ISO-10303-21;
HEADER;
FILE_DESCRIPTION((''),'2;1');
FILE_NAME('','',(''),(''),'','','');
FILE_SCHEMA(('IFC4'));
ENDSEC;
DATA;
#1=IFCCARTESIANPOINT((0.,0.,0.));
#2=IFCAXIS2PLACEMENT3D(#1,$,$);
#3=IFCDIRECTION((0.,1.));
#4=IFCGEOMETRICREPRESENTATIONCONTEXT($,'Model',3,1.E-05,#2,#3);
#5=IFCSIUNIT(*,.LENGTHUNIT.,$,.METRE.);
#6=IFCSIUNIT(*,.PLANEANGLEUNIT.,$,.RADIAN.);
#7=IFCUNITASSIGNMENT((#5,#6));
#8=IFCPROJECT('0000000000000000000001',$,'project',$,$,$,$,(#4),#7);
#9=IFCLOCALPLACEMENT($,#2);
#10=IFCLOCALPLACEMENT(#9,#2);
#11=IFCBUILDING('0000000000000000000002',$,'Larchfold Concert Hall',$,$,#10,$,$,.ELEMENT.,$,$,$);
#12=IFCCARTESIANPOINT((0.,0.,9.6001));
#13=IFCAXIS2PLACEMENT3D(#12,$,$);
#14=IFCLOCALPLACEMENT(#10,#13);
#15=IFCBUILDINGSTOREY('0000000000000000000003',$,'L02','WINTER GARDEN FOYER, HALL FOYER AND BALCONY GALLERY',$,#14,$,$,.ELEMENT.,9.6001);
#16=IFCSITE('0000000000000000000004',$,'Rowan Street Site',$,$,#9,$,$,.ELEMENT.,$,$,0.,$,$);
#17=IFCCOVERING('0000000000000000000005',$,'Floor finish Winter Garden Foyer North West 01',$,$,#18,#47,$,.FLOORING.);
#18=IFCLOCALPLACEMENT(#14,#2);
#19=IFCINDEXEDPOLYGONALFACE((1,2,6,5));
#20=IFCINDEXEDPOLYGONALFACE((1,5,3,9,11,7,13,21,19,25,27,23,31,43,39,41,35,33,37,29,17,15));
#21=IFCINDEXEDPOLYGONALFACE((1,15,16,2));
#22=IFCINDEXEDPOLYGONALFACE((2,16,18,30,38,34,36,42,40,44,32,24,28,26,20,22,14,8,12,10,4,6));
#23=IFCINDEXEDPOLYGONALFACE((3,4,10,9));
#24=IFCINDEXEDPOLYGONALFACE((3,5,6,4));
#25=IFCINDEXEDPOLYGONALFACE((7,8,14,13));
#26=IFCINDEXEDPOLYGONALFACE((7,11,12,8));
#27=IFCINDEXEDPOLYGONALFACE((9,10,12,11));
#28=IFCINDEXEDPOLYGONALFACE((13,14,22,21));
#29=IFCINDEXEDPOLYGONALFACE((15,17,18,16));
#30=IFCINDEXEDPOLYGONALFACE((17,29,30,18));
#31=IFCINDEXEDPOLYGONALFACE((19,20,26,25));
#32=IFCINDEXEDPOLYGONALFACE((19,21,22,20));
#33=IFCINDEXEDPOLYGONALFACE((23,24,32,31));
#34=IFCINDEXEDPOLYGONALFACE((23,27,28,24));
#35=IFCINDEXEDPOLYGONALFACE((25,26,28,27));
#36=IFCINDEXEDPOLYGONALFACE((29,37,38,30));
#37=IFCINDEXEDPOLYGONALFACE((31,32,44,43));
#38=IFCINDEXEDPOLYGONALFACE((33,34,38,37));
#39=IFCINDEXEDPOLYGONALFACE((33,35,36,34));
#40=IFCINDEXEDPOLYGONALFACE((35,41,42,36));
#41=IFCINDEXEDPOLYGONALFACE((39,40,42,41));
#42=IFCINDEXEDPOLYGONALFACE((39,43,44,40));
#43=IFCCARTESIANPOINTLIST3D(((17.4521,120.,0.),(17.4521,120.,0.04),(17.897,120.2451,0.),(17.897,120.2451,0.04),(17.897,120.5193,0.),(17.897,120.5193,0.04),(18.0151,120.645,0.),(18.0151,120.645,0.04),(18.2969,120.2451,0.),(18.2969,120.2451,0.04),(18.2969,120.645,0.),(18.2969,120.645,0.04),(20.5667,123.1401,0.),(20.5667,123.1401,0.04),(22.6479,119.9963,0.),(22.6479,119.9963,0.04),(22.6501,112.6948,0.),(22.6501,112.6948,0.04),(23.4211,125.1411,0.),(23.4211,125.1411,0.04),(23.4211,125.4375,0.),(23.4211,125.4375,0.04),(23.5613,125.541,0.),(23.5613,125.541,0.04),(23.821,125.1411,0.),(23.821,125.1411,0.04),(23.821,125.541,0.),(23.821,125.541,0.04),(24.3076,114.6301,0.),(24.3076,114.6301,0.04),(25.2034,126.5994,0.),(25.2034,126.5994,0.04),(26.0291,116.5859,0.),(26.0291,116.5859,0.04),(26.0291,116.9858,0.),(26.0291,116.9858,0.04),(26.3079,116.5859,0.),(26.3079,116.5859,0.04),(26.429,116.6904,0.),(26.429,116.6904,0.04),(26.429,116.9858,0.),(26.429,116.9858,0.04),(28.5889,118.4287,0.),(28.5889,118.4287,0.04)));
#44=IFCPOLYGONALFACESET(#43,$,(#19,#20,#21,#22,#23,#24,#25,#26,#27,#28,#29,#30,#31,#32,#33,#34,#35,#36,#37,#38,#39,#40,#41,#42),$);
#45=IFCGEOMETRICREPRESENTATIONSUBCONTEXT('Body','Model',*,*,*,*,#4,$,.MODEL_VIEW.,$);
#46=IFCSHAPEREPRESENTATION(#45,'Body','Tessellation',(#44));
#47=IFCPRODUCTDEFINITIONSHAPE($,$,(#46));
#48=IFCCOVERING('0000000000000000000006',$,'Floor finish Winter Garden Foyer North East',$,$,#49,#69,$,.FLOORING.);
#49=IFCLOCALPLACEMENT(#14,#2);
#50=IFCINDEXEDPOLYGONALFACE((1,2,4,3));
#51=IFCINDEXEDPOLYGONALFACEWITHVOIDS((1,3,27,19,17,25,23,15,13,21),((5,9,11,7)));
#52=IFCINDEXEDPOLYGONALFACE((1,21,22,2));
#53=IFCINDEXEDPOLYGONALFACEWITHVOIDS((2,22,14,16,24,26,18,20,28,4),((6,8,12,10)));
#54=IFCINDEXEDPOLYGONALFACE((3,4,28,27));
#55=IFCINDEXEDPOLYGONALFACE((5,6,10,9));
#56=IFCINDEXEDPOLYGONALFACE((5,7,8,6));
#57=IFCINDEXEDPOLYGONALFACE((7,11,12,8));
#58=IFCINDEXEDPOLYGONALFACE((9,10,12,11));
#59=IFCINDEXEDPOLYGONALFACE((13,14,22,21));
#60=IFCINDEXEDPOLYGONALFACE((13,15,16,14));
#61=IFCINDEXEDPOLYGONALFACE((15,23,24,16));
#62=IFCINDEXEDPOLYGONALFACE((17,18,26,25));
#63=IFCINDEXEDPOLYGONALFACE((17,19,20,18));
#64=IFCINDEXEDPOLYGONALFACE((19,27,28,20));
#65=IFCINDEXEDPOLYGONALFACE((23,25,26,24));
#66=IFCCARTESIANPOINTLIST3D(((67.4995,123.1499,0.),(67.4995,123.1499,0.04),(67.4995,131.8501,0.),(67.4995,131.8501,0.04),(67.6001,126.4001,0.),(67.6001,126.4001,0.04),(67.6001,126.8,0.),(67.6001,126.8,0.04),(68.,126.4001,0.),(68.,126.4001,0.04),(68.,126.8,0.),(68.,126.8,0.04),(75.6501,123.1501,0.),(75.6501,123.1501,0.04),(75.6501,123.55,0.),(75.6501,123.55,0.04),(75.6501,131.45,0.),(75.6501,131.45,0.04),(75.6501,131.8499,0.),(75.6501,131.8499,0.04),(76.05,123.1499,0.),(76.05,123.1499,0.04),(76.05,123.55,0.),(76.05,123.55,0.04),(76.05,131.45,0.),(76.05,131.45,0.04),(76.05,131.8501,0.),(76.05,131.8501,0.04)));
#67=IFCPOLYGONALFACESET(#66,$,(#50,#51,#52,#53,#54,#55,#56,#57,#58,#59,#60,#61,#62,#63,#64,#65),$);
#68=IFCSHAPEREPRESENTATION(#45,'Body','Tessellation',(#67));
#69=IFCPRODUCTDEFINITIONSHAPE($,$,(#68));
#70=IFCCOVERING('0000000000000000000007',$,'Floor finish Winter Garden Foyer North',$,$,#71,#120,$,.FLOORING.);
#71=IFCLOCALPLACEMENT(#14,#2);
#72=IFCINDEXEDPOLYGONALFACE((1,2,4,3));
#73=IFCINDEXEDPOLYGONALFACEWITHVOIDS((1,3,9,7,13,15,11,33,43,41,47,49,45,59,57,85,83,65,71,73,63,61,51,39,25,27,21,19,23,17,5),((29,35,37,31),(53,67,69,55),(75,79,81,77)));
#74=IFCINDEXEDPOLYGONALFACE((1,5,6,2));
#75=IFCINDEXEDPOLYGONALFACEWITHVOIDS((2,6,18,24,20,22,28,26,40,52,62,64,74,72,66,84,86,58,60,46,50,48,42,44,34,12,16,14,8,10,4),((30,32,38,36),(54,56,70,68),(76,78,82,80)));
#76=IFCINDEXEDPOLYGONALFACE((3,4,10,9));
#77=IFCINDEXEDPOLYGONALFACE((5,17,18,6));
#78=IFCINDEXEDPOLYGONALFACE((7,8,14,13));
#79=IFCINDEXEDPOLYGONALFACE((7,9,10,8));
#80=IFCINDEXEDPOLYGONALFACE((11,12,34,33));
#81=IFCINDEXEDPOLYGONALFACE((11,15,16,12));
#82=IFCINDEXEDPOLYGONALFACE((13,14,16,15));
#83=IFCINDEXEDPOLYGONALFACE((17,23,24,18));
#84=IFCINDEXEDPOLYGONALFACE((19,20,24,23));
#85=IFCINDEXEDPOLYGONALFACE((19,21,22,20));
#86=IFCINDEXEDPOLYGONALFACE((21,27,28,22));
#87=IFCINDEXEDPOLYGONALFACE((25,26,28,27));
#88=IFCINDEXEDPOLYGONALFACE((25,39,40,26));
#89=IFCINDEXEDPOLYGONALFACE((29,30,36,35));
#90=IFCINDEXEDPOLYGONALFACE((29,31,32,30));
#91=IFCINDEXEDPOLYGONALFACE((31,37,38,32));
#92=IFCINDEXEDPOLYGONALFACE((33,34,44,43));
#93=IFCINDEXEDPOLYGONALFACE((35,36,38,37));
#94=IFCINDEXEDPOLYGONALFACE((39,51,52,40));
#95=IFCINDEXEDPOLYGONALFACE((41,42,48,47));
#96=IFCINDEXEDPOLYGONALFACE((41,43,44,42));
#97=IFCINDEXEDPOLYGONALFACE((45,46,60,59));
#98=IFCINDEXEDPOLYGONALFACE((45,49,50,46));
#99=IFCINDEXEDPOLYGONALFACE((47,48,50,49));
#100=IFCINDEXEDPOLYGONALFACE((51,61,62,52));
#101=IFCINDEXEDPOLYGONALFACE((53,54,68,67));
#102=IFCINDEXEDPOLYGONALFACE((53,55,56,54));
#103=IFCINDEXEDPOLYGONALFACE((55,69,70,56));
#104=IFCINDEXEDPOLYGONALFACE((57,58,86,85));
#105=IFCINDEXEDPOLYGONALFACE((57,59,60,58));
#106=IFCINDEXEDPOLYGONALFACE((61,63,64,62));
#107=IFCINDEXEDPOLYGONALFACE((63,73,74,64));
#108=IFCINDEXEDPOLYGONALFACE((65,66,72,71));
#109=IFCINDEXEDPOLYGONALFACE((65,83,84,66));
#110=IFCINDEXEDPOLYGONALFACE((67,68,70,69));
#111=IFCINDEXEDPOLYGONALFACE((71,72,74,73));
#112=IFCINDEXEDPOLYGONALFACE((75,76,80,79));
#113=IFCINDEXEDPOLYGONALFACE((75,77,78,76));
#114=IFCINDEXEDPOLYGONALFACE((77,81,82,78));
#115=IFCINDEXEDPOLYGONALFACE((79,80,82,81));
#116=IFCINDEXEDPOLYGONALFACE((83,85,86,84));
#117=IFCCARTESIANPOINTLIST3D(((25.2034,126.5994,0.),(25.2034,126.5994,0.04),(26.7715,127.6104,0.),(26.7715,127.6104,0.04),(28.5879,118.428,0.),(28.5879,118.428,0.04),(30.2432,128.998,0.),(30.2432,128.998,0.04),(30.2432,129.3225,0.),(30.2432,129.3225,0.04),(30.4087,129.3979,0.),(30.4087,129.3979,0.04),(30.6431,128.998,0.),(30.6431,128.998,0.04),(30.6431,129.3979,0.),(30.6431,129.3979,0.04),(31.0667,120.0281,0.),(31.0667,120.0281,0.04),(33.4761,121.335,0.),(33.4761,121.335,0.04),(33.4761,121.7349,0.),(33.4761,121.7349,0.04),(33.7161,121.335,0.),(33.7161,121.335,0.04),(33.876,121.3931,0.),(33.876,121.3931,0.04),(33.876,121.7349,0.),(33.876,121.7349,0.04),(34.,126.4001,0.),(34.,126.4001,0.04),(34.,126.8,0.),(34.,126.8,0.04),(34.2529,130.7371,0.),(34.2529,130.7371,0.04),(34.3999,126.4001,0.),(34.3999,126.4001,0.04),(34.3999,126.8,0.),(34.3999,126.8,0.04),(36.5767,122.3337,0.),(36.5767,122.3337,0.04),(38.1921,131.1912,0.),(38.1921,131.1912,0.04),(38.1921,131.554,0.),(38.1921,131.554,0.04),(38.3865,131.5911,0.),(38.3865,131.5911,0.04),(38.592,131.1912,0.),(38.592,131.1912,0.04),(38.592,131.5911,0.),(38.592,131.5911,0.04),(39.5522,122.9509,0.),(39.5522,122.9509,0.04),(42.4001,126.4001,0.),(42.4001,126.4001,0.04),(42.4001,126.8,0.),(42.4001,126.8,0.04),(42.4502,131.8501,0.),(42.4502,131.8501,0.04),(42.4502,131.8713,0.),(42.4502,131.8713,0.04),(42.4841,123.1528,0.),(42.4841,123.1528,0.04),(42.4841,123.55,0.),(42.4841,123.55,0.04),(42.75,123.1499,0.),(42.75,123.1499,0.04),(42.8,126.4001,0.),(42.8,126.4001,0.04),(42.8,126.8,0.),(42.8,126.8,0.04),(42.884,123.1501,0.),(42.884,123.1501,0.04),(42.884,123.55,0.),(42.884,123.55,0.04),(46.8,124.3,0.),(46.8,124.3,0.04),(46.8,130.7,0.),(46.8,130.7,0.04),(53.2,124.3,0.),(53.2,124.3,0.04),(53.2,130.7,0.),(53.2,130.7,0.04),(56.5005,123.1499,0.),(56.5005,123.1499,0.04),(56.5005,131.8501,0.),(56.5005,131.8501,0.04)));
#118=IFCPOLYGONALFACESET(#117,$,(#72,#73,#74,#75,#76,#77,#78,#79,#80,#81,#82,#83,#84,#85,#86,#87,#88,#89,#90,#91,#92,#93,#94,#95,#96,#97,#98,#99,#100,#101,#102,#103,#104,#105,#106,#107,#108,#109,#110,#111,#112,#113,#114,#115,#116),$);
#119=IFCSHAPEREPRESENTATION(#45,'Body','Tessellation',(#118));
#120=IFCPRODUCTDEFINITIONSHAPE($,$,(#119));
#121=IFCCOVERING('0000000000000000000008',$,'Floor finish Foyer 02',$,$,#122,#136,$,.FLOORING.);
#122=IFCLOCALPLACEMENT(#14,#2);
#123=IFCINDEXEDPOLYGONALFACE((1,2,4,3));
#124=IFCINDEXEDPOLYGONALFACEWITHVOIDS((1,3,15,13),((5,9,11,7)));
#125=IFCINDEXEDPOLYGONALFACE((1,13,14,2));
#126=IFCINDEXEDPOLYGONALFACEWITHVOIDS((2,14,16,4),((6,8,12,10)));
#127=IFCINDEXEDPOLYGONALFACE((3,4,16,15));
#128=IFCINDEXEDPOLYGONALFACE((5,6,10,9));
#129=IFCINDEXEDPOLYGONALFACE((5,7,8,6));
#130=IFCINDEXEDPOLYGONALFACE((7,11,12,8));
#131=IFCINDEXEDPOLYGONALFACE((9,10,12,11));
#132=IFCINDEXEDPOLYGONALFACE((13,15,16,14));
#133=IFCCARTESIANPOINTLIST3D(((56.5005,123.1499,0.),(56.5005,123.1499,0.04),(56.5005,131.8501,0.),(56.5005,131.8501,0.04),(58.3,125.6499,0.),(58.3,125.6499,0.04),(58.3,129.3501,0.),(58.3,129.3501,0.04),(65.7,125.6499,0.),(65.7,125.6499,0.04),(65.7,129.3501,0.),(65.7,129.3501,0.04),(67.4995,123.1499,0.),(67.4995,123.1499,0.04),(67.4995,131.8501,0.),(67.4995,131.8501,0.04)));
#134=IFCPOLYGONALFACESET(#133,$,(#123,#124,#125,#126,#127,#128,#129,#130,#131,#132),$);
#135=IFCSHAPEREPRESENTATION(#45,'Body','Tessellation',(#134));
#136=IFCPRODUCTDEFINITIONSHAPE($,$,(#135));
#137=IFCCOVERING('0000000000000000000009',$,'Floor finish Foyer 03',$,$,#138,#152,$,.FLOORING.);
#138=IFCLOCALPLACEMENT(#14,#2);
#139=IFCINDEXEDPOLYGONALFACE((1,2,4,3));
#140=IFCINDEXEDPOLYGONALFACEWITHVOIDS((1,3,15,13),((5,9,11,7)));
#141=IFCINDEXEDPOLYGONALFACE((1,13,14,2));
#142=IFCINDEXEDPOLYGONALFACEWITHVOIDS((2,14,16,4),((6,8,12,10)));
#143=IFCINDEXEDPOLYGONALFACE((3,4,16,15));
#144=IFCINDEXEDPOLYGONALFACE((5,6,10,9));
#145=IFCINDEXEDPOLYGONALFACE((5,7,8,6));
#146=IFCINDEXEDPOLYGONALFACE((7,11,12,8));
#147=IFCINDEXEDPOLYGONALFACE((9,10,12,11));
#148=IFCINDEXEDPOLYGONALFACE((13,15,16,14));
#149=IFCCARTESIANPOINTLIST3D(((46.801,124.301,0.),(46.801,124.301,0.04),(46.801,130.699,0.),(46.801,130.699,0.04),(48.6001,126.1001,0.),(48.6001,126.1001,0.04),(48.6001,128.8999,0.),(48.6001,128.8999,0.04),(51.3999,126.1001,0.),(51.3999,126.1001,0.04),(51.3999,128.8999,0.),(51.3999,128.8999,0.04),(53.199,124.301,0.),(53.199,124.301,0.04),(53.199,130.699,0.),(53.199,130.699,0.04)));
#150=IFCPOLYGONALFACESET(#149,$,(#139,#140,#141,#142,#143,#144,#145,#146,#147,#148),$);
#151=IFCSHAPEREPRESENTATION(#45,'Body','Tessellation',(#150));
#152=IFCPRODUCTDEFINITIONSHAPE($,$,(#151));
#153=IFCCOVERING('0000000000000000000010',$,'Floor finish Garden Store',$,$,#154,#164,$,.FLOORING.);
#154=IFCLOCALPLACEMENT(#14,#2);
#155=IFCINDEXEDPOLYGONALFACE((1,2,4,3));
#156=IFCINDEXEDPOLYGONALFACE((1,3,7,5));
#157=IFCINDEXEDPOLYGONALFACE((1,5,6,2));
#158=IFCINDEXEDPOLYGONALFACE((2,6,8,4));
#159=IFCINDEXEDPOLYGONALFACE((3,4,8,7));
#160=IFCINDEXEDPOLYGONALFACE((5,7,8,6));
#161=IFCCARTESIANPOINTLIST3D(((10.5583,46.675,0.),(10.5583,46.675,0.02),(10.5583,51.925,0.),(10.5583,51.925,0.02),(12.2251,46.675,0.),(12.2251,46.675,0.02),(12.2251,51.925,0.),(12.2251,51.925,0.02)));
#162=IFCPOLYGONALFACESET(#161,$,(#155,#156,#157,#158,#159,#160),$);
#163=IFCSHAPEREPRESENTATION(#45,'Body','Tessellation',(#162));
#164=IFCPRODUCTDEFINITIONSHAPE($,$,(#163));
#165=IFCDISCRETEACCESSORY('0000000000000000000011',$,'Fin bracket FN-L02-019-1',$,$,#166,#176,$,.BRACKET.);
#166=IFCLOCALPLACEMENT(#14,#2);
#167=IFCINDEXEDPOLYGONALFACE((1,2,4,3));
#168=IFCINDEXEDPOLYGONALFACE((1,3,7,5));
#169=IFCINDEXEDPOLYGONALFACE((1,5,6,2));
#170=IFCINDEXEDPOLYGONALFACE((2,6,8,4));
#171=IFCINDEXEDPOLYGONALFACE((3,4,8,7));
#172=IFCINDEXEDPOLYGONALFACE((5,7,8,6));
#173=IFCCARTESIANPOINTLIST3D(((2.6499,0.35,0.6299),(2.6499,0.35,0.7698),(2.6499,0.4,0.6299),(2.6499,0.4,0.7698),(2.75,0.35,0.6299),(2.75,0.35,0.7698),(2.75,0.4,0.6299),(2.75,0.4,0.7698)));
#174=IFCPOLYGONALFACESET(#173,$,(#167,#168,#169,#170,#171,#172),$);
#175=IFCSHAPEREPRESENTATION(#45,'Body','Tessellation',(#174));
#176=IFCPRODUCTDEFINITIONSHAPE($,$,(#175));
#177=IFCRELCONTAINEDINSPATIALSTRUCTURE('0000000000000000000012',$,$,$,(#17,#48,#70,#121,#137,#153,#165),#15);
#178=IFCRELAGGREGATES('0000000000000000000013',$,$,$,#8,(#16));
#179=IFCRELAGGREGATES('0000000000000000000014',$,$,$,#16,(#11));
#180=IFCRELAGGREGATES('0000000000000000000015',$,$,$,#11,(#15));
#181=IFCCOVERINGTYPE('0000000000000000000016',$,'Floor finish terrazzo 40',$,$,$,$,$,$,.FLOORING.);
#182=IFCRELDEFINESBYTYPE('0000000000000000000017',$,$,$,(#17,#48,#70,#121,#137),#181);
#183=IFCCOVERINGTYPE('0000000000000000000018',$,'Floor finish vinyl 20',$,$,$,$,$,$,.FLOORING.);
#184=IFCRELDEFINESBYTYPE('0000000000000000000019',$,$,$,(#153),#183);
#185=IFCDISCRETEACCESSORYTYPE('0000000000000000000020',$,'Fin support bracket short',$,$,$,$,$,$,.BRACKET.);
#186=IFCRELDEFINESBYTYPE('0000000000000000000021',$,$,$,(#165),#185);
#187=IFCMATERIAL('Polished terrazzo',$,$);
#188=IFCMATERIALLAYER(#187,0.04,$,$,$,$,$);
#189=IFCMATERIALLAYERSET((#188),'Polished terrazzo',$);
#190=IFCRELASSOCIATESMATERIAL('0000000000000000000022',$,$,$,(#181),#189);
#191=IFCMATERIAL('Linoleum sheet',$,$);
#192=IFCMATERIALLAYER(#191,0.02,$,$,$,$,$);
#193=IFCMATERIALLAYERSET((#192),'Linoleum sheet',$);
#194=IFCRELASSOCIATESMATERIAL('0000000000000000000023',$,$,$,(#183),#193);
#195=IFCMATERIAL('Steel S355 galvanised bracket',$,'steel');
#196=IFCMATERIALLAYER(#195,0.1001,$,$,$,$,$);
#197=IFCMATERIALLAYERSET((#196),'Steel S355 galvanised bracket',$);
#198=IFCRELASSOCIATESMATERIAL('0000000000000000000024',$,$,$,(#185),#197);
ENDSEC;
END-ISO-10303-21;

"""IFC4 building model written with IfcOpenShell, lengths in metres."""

from ifc_helpers import new_model, si_unit, direction, frame, origin, origin_2d, place, context, subcontext, project, spatial, polyline, rectangle, outline, extrude, material, layer, layer_set, type_object, element, save


model = new_model("IFC4")

# Units and contexts
model_context = context("Model", 3, precision=1e-05, world=origin(), true_north=direction((0.0, 1.0)))
body_context = subcontext(model_context, "Body", "Model", "MODEL_VIEW")
ifc_project = project(units=[si_unit("LENGTHUNIT", "METRE"), si_unit("PLANEANGLEUNIT", "RADIAN")], contexts=[model_context])

# Site, building, storey
site_placement = place(None, origin())
site = spatial("IfcSite", under=ifc_project, at=site_placement, Name="Rowan Street Site", CompositionType="ELEMENT", RefElevation=0.0)
building_placement = place(site_placement, origin())
building = spatial("IfcBuilding", under=site, at=building_placement, Name="Larchfold Concert Hall", CompositionType="ELEMENT")
storey_placement = place(building_placement, frame((0.0, 0.0, 9.6001)))
storey = spatial("IfcBuildingStorey", under=building, at=storey_placement, Name="L02", Description="WINTER GARDEN FOYER, HALL FOYER AND BALCONY GALLERY", CompositionType="ELEMENT", Elevation=9.6001)

# Coverings
ifc_material_1 = material(Name="Polished terrazzo")
ifc_layer_1 = layer(ifc_material_1, 0.04)
ifc_layer_set_1 = layer_set([ifc_layer_1], Name="Polished terrazzo")
covering_type_1 = type_object("IfcCoveringType", Name="Floor finish terrazzo 40", PredefinedType="FLOORING", material=ifc_layer_set_1)
covering_1_placement = place(storey_placement, origin())
element("IfcCovering", 1, at=covering_1_placement, inside=storey, type_object=covering_type_1, Name="Floor finish Winter Garden Foyer North West 01", PredefinedType="FLOORING", context=body_context, shape_type="SweptSolid", body=[
    extrude(outline(polyline([(17.897, 120.5193), (17.4521, 120.0), (22.6479, 119.9963), (22.6501, 112.6948), (24.3076, 114.6301), (26.3079, 116.5859), (26.0291, 116.5859), (26.0291, 116.9858), (26.429, 116.9858), (26.429, 116.6904), (28.5889, 118.4287), (25.2034, 126.5994), (23.5613, 125.541), (23.821, 125.541), (23.821, 125.1411), (23.4211, 125.1411), (23.4211, 125.4375), (20.5667, 123.1401), (18.0151, 120.645), (18.2969, 120.645), (18.2969, 120.2451), (17.897, 120.2451), (17.897, 120.5193)])), origin(), (0.0, 0.0, 1.0), 0.04),
])
covering_2_placement = place(storey_placement, origin())
element("IfcCovering", 2, at=covering_2_placement, inside=storey, type_object=covering_type_1, Name="Floor finish Winter Garden Foyer North East", PredefinedType="FLOORING", context=body_context, shape_type="SweptSolid", body=[
    extrude(outline(polyline([(67.4995, 131.8501), (67.4995, 123.1499), (76.05, 123.1499), (75.6501, 123.1501), (75.6501, 123.55), (76.05, 123.55), (76.05, 131.45), (75.6501, 131.45), (75.6501, 131.8499), (76.05, 131.8501), (67.4995, 131.8501)]), holes=[polyline([(67.6001, 126.4001), (67.6001, 126.8), (68.0, 126.8), (68.0, 126.4001), (67.6001, 126.4001)])]), origin(), (0.0, 0.0, 1.0), 0.04),
])
covering_3_placement = place(storey_placement, origin())
element("IfcCovering", 3, at=covering_3_placement, inside=storey, type_object=covering_type_1, Name="Floor finish Winter Garden Foyer North", PredefinedType="FLOORING", context=body_context, shape_type="SweptSolid", body=[
    extrude(outline(polyline([(30.4087, 129.3979), (30.6431, 129.3979), (30.6431, 128.998), (30.2432, 128.998), (30.2432, 129.3225), (26.7715, 127.6104), (25.2034, 126.5994), (28.5879, 118.428), (31.0667, 120.0281), (33.7161, 121.335), (33.4761, 121.335), (33.4761, 121.7349), (33.876, 121.7349), (33.876, 121.3931), (36.5767, 122.3337), (39.5522, 122.9509), (42.4841, 123.1528), (42.4841, 123.55), (42.884, 123.55), (42.884, 123.1501), (42.75, 123.1499), (56.5005, 123.1499), (56.5005, 131.8501), (42.4502, 131.8501), (42.4502, 131.8713), (38.3865, 131.5911), (38.592, 131.5911), (38.592, 131.1912), (38.1921, 131.1912), (38.1921, 131.554), (34.2529, 130.7371), (30.4087, 129.3979)]), holes=[polyline([(46.8, 130.7), (53.2, 130.7), (53.2, 124.3), (46.8, 124.3), (46.8, 130.7)]), polyline([(42.8, 126.4001), (42.4001, 126.4001), (42.4001, 126.8), (42.8, 126.8), (42.8, 126.4001)]), polyline([(34.3999, 126.4001), (34.0, 126.4001), (34.0, 126.8), (34.3999, 126.8), (34.3999, 126.4001)])]), origin(), (0.0, 0.0, 1.0), 0.04),
])
covering_4_placement = place(storey_placement, origin())
element("IfcCovering", 4, at=covering_4_placement, inside=storey, type_object=covering_type_1, Name="Floor finish Foyer 02", PredefinedType="FLOORING", context=body_context, shape_type="SweptSolid", body=[
    extrude(outline(polyline([(67.4995, 131.8501), (56.5005, 131.8501), (56.5005, 123.1499), (67.4995, 123.1499), (67.4995, 131.8501)]), holes=[polyline([(65.7, 125.6499), (58.3, 125.6499), (58.3, 129.3501), (65.7, 129.3501), (65.7, 125.6499)])]), origin(), (0.0, 0.0, 1.0), 0.04),
])
covering_5_placement = place(storey_placement, origin())
element("IfcCovering", 5, at=covering_5_placement, inside=storey, type_object=covering_type_1, Name="Floor finish Foyer 03", PredefinedType="FLOORING", context=body_context, shape_type="SweptSolid", body=[
    extrude(outline(polyline([(46.801, 124.301), (53.199, 124.301), (53.199, 130.699), (46.801, 130.699), (46.801, 124.301)]), holes=[polyline([(48.6001, 128.8999), (51.3999, 128.8999), (51.3999, 126.1001), (48.6001, 126.1001), (48.6001, 128.8999)])]), origin(), (0.0, 0.0, 1.0), 0.04),
])
ifc_material_2 = material(Name="Linoleum sheet")
ifc_layer_2 = layer(ifc_material_2, 0.02)
ifc_layer_set_2 = layer_set([ifc_layer_2], Name="Linoleum sheet")
covering_type_2 = type_object("IfcCoveringType", Name="Floor finish vinyl 20", PredefinedType="FLOORING", material=ifc_layer_set_2)
covering_6_placement = place(storey_placement, origin())
element("IfcCovering", 6, at=covering_6_placement, inside=storey, type_object=covering_type_2, Name="Floor finish Garden Store", PredefinedType="FLOORING", context=body_context, shape_type="SweptSolid", body=[
    extrude(outline(polyline([(10.5583, 51.925), (10.5583, 46.675), (12.2251, 46.675), (12.2251, 51.925), (10.5583, 51.925)])), origin(), (0.0, 0.0, 1.0), 0.02),
])

# Discrete accessory
ifc_material_3 = material(Name="Steel S355 galvanised bracket", Category="steel")
ifc_layer_3 = layer(ifc_material_3, 0.1001)
ifc_layer_set_3 = layer_set([ifc_layer_3], Name="Steel S355 galvanised bracket")
discrete_accessory_type = type_object("IfcDiscreteAccessoryType", Name="Fin support bracket short", PredefinedType="BRACKET", material=ifc_layer_set_3)
for number, where, z_axis, x_axis, name in (
    (7, (2.7, 0.375, 0.6299), (0.0, 0.0, 1.0), (0.0, -1.0, 0.0), "Fin bracket FN-L02-019-1"),
):
    element("IfcDiscreteAccessory", number, at=place(storey_placement, frame(where, z_axis=z_axis, x_axis=x_axis)), inside=storey, type_object=discrete_accessory_type, Name=name, PredefinedType="BRACKET", context=body_context, shape_type="SweptSolid", body=[
        extrude(rectangle(XDim=0.05, YDim=0.1001, at=origin_2d()), origin(), (0.0, 0.0, 1.0), 0.1399),
    ])

save(model, "model.ifc")
